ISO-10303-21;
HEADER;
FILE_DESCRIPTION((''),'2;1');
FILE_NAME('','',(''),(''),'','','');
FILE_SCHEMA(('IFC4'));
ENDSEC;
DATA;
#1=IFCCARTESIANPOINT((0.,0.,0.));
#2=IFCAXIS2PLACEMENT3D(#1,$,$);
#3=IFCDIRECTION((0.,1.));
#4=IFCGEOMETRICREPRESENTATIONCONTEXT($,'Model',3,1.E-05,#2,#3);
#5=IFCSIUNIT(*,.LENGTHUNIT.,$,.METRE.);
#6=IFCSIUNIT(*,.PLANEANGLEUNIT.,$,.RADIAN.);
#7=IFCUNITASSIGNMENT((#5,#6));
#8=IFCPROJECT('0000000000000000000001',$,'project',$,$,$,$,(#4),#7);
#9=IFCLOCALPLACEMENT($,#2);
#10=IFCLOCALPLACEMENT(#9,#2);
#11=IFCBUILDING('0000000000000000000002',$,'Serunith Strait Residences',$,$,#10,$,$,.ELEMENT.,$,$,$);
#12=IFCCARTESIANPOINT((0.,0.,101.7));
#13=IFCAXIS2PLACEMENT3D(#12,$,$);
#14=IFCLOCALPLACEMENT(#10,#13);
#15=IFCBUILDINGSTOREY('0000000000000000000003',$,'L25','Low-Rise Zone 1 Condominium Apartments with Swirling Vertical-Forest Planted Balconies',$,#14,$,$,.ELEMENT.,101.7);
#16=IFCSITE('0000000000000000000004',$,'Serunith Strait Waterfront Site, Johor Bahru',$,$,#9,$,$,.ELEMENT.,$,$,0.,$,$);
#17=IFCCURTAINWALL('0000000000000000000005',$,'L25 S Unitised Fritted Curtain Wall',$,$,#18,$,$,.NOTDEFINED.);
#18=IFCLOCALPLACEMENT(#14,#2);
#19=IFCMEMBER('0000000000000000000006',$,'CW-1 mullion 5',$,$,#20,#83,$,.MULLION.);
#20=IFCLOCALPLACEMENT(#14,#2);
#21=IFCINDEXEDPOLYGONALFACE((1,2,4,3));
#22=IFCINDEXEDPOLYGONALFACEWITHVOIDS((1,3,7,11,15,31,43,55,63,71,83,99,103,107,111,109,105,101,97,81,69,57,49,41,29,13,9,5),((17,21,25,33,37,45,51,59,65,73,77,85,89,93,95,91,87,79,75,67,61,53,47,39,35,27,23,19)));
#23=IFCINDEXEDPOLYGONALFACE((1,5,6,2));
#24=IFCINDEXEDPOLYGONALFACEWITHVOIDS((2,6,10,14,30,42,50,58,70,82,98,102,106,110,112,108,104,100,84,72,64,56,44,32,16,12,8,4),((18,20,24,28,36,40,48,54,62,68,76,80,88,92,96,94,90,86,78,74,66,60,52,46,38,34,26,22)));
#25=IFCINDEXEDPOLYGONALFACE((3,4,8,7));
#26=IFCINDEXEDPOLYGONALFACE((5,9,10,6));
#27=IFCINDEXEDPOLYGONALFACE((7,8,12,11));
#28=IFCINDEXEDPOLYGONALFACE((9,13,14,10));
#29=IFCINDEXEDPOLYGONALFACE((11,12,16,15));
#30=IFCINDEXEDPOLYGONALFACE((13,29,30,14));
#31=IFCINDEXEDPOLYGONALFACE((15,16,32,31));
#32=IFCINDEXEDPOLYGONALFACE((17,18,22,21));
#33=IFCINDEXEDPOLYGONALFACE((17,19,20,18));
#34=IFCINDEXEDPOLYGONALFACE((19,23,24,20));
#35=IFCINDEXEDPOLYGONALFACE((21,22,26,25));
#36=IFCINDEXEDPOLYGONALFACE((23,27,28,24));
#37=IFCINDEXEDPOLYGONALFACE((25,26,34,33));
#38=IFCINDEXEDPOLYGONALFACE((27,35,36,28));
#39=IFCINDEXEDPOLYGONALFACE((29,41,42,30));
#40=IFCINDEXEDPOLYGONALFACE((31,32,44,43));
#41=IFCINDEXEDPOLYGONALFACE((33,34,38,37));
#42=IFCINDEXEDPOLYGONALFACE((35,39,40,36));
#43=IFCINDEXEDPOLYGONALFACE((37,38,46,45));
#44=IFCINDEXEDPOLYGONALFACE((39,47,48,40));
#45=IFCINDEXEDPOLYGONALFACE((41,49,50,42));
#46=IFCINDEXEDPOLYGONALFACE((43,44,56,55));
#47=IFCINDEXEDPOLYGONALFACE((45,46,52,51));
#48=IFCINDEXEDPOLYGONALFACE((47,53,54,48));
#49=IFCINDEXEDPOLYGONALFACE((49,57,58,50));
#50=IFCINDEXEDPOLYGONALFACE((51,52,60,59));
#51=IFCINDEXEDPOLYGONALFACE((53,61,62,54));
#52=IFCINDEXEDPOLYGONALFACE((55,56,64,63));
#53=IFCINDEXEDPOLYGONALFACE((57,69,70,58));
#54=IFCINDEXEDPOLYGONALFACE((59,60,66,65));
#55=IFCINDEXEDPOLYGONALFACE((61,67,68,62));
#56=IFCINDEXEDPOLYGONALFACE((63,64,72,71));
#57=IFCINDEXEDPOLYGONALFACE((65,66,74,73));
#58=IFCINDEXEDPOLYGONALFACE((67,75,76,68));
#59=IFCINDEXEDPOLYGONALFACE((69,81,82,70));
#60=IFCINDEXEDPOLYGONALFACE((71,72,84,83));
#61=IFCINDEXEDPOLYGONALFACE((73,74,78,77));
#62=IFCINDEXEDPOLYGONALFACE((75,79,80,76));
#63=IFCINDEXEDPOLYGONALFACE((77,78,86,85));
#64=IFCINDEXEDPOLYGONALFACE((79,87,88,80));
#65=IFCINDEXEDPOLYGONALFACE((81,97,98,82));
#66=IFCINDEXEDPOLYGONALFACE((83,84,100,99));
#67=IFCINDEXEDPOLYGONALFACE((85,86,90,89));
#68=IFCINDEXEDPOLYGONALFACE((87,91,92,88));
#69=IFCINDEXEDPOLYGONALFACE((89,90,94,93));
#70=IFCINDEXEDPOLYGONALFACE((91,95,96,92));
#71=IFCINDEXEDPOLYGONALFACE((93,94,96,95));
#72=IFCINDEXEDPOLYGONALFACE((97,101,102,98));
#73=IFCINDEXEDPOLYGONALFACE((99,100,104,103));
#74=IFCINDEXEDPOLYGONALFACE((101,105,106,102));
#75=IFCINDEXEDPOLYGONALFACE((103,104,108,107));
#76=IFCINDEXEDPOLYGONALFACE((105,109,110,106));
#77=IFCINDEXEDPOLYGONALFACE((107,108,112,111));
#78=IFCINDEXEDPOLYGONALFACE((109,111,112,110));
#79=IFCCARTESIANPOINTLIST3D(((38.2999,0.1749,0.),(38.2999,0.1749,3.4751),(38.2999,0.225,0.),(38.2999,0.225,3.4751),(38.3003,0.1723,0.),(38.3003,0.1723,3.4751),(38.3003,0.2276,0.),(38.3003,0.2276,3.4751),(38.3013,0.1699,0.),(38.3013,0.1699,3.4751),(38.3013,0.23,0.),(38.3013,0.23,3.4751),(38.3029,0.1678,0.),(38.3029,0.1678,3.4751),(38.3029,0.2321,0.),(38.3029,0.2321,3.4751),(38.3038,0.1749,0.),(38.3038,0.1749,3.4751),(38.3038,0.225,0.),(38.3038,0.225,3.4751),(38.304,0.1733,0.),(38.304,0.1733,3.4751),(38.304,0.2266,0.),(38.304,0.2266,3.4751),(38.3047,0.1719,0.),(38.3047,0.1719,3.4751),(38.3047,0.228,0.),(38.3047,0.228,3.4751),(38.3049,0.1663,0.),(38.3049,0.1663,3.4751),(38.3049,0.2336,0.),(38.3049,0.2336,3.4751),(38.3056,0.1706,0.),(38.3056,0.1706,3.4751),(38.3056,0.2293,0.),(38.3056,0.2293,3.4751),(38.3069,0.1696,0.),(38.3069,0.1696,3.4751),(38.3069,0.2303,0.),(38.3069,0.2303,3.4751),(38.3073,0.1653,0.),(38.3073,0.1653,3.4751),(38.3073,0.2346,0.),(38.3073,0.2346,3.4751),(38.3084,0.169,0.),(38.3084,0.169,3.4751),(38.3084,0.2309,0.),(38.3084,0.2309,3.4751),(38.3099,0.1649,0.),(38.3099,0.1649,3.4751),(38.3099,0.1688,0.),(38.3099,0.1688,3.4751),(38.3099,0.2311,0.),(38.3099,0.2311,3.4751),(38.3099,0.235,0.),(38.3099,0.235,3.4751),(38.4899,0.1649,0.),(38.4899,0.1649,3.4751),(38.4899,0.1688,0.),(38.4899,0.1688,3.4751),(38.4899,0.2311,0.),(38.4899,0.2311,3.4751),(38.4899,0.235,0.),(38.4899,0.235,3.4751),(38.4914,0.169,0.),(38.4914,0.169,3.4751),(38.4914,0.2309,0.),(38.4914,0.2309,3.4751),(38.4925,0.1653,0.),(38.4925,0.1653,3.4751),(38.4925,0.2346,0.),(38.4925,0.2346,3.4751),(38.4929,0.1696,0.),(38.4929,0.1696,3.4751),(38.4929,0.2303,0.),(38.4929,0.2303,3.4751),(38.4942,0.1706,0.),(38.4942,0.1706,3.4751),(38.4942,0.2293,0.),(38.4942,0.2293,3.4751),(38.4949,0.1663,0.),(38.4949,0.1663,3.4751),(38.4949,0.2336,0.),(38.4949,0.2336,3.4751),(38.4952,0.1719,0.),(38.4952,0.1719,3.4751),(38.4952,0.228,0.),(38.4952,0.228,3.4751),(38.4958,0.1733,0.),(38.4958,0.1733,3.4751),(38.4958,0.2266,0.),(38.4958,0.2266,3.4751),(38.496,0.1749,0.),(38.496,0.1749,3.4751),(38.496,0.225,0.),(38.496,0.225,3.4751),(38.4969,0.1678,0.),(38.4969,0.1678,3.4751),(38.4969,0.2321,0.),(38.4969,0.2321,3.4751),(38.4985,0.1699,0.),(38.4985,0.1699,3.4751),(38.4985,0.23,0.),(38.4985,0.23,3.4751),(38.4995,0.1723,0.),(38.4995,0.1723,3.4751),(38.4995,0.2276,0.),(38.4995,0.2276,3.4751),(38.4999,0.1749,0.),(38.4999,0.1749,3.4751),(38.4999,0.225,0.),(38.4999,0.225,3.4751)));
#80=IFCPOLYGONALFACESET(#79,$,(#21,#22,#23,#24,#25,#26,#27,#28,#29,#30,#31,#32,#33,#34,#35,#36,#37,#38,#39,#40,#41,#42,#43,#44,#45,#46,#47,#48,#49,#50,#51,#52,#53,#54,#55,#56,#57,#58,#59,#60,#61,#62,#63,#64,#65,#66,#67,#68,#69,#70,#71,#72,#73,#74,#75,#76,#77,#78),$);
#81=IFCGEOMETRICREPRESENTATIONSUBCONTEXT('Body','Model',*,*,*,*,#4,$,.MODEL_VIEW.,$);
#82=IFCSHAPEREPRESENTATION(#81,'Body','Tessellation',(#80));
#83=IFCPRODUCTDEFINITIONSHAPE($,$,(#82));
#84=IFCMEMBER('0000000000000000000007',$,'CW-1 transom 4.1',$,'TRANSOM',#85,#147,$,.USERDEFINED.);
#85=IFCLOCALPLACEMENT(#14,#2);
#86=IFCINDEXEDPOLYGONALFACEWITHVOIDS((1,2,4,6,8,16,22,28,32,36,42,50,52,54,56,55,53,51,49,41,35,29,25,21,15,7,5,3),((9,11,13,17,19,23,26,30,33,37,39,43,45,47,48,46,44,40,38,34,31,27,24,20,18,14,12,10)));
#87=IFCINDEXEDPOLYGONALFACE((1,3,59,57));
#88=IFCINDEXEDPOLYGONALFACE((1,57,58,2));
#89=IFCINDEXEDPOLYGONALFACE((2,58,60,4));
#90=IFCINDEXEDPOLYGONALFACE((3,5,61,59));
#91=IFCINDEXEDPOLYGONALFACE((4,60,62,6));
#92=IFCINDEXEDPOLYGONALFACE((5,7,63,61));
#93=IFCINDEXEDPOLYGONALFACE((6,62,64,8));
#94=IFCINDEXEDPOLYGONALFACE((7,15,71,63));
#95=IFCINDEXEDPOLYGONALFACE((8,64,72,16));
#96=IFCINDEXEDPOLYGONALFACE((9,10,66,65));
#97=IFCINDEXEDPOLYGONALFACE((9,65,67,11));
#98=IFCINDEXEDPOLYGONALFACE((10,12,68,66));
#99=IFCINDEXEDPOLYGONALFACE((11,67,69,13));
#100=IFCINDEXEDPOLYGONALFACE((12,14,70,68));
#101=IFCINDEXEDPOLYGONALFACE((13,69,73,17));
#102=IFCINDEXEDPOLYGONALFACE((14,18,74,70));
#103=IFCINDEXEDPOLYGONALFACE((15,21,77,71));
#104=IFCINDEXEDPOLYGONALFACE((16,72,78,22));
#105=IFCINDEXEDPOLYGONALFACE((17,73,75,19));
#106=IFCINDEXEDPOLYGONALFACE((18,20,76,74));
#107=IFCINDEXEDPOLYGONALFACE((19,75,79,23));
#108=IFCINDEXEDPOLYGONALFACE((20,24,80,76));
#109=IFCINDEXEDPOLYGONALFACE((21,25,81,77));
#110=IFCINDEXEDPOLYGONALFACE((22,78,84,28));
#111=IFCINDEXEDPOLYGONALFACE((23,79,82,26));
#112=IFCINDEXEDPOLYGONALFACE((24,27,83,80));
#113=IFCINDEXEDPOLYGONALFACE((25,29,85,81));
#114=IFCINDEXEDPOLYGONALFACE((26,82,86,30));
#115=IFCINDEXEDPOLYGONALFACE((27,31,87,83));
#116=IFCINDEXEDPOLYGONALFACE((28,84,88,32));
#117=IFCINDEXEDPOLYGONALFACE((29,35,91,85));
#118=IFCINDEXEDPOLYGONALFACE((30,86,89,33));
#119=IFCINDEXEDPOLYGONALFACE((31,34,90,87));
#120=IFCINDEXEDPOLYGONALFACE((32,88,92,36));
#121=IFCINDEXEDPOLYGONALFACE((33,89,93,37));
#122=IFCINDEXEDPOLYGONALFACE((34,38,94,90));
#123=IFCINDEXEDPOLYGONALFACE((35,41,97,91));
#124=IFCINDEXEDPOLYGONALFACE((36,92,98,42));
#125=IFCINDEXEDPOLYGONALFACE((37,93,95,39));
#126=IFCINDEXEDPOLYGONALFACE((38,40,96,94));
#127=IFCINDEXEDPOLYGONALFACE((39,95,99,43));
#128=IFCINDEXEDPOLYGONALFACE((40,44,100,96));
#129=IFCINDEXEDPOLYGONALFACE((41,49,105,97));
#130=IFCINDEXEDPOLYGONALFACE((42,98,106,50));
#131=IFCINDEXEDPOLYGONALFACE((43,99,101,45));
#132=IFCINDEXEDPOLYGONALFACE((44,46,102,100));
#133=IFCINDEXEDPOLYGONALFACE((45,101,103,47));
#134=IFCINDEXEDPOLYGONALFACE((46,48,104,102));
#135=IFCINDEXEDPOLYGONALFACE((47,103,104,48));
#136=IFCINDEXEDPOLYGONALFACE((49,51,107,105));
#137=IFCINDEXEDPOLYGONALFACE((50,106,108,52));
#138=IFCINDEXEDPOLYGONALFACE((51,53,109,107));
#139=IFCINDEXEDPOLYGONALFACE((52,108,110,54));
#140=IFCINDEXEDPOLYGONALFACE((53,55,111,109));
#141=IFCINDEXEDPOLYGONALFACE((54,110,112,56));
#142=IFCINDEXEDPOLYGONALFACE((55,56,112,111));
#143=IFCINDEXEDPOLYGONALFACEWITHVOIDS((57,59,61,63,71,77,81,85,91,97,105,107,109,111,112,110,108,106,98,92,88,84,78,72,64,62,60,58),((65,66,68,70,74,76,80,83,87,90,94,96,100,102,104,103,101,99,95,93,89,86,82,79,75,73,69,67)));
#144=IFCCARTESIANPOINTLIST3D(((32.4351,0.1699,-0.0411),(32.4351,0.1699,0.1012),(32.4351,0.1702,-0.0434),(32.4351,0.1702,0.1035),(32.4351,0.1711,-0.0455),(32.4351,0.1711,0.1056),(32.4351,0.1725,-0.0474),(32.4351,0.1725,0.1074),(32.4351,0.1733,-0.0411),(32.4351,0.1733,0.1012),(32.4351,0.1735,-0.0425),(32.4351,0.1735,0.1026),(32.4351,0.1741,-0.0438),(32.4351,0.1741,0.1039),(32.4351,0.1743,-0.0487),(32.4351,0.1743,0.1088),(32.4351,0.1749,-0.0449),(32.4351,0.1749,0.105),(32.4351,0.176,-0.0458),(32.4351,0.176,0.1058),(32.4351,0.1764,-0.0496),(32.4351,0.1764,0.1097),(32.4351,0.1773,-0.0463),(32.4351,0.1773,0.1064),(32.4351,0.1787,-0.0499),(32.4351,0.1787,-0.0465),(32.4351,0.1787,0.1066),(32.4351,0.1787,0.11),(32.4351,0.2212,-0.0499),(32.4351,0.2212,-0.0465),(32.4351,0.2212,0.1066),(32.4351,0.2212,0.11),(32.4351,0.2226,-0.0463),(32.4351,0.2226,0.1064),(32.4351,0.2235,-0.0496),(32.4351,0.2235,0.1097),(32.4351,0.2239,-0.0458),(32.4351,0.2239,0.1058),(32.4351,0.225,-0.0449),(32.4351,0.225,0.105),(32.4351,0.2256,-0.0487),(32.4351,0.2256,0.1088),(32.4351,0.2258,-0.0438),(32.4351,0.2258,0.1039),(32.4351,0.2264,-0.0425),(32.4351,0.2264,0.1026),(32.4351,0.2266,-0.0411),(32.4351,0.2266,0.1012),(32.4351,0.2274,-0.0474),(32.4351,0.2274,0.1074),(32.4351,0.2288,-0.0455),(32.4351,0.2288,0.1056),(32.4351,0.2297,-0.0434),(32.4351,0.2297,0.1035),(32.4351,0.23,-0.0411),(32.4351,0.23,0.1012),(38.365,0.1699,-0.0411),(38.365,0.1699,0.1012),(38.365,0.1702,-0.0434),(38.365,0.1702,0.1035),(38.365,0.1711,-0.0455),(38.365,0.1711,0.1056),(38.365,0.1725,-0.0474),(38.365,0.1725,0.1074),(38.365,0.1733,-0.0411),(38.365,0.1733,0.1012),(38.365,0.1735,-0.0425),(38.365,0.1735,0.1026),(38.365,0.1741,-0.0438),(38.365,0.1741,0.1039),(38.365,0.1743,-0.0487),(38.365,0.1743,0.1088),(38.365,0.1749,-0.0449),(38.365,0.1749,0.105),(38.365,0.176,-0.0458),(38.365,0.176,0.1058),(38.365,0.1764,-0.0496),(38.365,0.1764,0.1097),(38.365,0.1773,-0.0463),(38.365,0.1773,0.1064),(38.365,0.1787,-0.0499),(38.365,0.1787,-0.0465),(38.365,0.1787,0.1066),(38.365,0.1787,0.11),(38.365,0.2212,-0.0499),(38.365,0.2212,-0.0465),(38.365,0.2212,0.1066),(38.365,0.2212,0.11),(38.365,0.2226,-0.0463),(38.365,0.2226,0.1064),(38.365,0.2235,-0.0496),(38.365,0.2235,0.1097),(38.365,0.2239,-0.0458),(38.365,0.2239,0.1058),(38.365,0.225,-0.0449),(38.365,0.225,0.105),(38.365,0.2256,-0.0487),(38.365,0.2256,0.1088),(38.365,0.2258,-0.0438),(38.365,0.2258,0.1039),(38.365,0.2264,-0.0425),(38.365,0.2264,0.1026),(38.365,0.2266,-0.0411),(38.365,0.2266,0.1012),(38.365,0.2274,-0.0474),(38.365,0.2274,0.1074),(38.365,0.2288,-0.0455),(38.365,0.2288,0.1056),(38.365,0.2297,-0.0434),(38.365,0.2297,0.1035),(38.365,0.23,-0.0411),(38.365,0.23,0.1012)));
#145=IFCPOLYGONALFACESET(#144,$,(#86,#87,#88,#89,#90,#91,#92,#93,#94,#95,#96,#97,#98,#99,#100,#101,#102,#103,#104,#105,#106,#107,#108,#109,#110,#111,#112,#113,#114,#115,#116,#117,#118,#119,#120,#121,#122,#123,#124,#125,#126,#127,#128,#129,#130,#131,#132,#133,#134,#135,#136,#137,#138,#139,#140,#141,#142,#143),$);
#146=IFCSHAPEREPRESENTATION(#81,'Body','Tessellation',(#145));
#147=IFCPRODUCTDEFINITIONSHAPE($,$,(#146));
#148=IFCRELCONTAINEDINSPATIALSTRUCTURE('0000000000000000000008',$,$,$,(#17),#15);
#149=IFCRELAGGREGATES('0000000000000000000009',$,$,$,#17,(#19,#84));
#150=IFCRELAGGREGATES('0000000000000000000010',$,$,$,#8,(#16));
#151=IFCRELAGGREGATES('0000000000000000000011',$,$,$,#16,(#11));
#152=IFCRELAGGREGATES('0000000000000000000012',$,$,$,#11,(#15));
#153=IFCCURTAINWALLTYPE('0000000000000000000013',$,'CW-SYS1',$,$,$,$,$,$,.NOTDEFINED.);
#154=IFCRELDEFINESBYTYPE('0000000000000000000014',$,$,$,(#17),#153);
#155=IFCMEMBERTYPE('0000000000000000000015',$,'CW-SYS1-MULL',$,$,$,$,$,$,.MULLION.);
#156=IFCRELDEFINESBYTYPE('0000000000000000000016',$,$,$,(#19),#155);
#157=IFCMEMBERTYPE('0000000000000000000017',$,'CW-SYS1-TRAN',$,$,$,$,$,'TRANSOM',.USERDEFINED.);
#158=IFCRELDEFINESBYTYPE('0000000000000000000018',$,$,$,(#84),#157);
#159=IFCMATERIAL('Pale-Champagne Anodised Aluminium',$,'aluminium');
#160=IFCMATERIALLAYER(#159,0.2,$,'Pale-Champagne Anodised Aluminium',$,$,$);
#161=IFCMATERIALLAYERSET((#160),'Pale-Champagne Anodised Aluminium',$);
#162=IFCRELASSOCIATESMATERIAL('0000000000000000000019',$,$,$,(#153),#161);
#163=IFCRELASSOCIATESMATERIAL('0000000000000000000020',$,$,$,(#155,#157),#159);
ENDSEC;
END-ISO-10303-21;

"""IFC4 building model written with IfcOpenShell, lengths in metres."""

from ifc_helpers import new_model, si_unit, direction, frame, origin, origin_2d, place, context, subcontext, project, spatial, hollow_rectangle, extrude, source, transform, mapped, material, layer, layer_set, material_profile, profile_set, type_object, element, aggregate, save


model = new_model("IFC4")

# Units and contexts
model_context = context("Model", 3, precision=1e-05, world=origin(), true_north=direction((0.0, 1.0)))
body_context = subcontext(model_context, "Body", "Model", "MODEL_VIEW")
ifc_project = project(units=[si_unit("LENGTHUNIT", "METRE"), si_unit("PLANEANGLEUNIT", "RADIAN")], contexts=[model_context])

# Site, building, storey
site_placement = place(None, origin())
site = spatial("IfcSite", under=ifc_project, at=site_placement, Name="Serunith Strait Waterfront Site, Johor Bahru", CompositionType="ELEMENT", RefElevation=0.0)
building_placement = place(site_placement, origin())
building = spatial("IfcBuilding", under=site, at=building_placement, Name="Serunith Strait Residences", CompositionType="ELEMENT")
storey_placement = place(building_placement, frame((0.0, 0.0, 101.7)))
storey = spatial("IfcBuildingStorey", under=building, at=storey_placement, Name="L25", Description="Low-Rise Zone 1 Condominium Apartments with Swirling Vertical-Forest Planted Balconies", CompositionType="ELEMENT", Elevation=101.7)

# Curtain wall, members
ifc_material_1 = material(Name="Pale-Champagne Anodised Aluminium", Category="aluminium")
ifc_layer_1 = layer(ifc_material_1, 0.2, Name="Pale-Champagne Anodised Aluminium")
ifc_layer_set_1 = layer_set([ifc_layer_1], Name="Pale-Champagne Anodised Aluminium")
curtain_wall_type = type_object("IfcCurtainWallType", Name="CW-SYS1", PredefinedType="NOTDEFINED", material=ifc_layer_set_1)
curtain_wall_placement = place(storey_placement, origin())
curtain_wall = element("IfcCurtainWall", 1, at=curtain_wall_placement, inside=storey, type_object=curtain_wall_type, Name="L25 S Unitised Fritted Curtain Wall", PredefinedType="NOTDEFINED")
ifc_material_profile_1 = material_profile(ifc_material_1, hollow_rectangle(XDim=0.0701, YDim=0.2, WallThickness=0.0039, InnerFilletRadius=0.0061, OuterFilletRadius=0.01, at=origin_2d()), Name="ALU 200x70x4")
ifc_profile_set_1 = profile_set([ifc_material_profile_1], Name="Pale-Champagne Anodised Aluminium")
member_type_1 = type_object("IfcMemberType", Name="CW-SYS1-MULL", PredefinedType="MULLION", material=ifc_profile_set_1)
shared_shape_1 = source(origin(), body_context, "Body", "SweptSolid", [
    extrude(hollow_rectangle(XDim=0.0701, YDim=0.2, WallThickness=0.0039, InnerFilletRadius=0.0061, OuterFilletRadius=0.01, at=origin_2d()), origin(), (0.0, 0.0, 1.0), 3.4751),
])
member_1_placement = place(storey_placement, frame((38.3999, 0.2, 0.0), z_axis=(0.0, 0.0, 1.0), x_axis=(0.0, 1.0, 0.0)))
member_1 = element("IfcMember", 2, at=member_1_placement, type_object=member_type_1, Name="CW-1 mullion 5", PredefinedType="MULLION", context=body_context, shape_type="MappedRepresentation", body=[
    mapped(shared_shape_1, transform((0.0, 0.0, 0.0), scale=1.0)),
])
ifc_material_profile_2 = material_profile(ifc_material_1, hollow_rectangle(XDim=0.0601, YDim=0.1599, WallThickness=0.0034, InnerFilletRadius=0.0054, OuterFilletRadius=0.0088, at=origin_2d()), Name="ALU 160x60x3.5")
ifc_profile_set_2 = profile_set([ifc_material_profile_2], Name="Pale-Champagne Anodised Aluminium")
member_type_2 = type_object("IfcMemberType", Name="CW-SYS1-TRAN", ElementType="TRANSOM", PredefinedType="USERDEFINED", material=ifc_profile_set_2)
shared_shape_2 = source(origin(), body_context, "Body", "SweptSolid", [
    extrude(hollow_rectangle(XDim=0.0601, YDim=0.1599, WallThickness=0.0034, InnerFilletRadius=0.0054, OuterFilletRadius=0.0088, at=origin_2d()), origin(), (0.0, 0.0, 1.0), 5.9299),
])
member_2_placement = place(storey_placement, frame((32.4351, 0.2, 0.03), z_axis=(1.0, 0.0, 0.0), x_axis=(0.0, 1.0, 0.0)))
member_2 = element("IfcMember", 3, at=member_2_placement, type_object=member_type_2, Name="CW-1 transom 4.1", ObjectType="TRANSOM", PredefinedType="USERDEFINED", context=body_context, shape_type="MappedRepresentation", body=[
    mapped(shared_shape_2, transform((0.0, 0.0, 0.0), scale=1.0)),
])
aggregate(curtain_wall, [member_1, member_2])

save(model, "model.ifc")
